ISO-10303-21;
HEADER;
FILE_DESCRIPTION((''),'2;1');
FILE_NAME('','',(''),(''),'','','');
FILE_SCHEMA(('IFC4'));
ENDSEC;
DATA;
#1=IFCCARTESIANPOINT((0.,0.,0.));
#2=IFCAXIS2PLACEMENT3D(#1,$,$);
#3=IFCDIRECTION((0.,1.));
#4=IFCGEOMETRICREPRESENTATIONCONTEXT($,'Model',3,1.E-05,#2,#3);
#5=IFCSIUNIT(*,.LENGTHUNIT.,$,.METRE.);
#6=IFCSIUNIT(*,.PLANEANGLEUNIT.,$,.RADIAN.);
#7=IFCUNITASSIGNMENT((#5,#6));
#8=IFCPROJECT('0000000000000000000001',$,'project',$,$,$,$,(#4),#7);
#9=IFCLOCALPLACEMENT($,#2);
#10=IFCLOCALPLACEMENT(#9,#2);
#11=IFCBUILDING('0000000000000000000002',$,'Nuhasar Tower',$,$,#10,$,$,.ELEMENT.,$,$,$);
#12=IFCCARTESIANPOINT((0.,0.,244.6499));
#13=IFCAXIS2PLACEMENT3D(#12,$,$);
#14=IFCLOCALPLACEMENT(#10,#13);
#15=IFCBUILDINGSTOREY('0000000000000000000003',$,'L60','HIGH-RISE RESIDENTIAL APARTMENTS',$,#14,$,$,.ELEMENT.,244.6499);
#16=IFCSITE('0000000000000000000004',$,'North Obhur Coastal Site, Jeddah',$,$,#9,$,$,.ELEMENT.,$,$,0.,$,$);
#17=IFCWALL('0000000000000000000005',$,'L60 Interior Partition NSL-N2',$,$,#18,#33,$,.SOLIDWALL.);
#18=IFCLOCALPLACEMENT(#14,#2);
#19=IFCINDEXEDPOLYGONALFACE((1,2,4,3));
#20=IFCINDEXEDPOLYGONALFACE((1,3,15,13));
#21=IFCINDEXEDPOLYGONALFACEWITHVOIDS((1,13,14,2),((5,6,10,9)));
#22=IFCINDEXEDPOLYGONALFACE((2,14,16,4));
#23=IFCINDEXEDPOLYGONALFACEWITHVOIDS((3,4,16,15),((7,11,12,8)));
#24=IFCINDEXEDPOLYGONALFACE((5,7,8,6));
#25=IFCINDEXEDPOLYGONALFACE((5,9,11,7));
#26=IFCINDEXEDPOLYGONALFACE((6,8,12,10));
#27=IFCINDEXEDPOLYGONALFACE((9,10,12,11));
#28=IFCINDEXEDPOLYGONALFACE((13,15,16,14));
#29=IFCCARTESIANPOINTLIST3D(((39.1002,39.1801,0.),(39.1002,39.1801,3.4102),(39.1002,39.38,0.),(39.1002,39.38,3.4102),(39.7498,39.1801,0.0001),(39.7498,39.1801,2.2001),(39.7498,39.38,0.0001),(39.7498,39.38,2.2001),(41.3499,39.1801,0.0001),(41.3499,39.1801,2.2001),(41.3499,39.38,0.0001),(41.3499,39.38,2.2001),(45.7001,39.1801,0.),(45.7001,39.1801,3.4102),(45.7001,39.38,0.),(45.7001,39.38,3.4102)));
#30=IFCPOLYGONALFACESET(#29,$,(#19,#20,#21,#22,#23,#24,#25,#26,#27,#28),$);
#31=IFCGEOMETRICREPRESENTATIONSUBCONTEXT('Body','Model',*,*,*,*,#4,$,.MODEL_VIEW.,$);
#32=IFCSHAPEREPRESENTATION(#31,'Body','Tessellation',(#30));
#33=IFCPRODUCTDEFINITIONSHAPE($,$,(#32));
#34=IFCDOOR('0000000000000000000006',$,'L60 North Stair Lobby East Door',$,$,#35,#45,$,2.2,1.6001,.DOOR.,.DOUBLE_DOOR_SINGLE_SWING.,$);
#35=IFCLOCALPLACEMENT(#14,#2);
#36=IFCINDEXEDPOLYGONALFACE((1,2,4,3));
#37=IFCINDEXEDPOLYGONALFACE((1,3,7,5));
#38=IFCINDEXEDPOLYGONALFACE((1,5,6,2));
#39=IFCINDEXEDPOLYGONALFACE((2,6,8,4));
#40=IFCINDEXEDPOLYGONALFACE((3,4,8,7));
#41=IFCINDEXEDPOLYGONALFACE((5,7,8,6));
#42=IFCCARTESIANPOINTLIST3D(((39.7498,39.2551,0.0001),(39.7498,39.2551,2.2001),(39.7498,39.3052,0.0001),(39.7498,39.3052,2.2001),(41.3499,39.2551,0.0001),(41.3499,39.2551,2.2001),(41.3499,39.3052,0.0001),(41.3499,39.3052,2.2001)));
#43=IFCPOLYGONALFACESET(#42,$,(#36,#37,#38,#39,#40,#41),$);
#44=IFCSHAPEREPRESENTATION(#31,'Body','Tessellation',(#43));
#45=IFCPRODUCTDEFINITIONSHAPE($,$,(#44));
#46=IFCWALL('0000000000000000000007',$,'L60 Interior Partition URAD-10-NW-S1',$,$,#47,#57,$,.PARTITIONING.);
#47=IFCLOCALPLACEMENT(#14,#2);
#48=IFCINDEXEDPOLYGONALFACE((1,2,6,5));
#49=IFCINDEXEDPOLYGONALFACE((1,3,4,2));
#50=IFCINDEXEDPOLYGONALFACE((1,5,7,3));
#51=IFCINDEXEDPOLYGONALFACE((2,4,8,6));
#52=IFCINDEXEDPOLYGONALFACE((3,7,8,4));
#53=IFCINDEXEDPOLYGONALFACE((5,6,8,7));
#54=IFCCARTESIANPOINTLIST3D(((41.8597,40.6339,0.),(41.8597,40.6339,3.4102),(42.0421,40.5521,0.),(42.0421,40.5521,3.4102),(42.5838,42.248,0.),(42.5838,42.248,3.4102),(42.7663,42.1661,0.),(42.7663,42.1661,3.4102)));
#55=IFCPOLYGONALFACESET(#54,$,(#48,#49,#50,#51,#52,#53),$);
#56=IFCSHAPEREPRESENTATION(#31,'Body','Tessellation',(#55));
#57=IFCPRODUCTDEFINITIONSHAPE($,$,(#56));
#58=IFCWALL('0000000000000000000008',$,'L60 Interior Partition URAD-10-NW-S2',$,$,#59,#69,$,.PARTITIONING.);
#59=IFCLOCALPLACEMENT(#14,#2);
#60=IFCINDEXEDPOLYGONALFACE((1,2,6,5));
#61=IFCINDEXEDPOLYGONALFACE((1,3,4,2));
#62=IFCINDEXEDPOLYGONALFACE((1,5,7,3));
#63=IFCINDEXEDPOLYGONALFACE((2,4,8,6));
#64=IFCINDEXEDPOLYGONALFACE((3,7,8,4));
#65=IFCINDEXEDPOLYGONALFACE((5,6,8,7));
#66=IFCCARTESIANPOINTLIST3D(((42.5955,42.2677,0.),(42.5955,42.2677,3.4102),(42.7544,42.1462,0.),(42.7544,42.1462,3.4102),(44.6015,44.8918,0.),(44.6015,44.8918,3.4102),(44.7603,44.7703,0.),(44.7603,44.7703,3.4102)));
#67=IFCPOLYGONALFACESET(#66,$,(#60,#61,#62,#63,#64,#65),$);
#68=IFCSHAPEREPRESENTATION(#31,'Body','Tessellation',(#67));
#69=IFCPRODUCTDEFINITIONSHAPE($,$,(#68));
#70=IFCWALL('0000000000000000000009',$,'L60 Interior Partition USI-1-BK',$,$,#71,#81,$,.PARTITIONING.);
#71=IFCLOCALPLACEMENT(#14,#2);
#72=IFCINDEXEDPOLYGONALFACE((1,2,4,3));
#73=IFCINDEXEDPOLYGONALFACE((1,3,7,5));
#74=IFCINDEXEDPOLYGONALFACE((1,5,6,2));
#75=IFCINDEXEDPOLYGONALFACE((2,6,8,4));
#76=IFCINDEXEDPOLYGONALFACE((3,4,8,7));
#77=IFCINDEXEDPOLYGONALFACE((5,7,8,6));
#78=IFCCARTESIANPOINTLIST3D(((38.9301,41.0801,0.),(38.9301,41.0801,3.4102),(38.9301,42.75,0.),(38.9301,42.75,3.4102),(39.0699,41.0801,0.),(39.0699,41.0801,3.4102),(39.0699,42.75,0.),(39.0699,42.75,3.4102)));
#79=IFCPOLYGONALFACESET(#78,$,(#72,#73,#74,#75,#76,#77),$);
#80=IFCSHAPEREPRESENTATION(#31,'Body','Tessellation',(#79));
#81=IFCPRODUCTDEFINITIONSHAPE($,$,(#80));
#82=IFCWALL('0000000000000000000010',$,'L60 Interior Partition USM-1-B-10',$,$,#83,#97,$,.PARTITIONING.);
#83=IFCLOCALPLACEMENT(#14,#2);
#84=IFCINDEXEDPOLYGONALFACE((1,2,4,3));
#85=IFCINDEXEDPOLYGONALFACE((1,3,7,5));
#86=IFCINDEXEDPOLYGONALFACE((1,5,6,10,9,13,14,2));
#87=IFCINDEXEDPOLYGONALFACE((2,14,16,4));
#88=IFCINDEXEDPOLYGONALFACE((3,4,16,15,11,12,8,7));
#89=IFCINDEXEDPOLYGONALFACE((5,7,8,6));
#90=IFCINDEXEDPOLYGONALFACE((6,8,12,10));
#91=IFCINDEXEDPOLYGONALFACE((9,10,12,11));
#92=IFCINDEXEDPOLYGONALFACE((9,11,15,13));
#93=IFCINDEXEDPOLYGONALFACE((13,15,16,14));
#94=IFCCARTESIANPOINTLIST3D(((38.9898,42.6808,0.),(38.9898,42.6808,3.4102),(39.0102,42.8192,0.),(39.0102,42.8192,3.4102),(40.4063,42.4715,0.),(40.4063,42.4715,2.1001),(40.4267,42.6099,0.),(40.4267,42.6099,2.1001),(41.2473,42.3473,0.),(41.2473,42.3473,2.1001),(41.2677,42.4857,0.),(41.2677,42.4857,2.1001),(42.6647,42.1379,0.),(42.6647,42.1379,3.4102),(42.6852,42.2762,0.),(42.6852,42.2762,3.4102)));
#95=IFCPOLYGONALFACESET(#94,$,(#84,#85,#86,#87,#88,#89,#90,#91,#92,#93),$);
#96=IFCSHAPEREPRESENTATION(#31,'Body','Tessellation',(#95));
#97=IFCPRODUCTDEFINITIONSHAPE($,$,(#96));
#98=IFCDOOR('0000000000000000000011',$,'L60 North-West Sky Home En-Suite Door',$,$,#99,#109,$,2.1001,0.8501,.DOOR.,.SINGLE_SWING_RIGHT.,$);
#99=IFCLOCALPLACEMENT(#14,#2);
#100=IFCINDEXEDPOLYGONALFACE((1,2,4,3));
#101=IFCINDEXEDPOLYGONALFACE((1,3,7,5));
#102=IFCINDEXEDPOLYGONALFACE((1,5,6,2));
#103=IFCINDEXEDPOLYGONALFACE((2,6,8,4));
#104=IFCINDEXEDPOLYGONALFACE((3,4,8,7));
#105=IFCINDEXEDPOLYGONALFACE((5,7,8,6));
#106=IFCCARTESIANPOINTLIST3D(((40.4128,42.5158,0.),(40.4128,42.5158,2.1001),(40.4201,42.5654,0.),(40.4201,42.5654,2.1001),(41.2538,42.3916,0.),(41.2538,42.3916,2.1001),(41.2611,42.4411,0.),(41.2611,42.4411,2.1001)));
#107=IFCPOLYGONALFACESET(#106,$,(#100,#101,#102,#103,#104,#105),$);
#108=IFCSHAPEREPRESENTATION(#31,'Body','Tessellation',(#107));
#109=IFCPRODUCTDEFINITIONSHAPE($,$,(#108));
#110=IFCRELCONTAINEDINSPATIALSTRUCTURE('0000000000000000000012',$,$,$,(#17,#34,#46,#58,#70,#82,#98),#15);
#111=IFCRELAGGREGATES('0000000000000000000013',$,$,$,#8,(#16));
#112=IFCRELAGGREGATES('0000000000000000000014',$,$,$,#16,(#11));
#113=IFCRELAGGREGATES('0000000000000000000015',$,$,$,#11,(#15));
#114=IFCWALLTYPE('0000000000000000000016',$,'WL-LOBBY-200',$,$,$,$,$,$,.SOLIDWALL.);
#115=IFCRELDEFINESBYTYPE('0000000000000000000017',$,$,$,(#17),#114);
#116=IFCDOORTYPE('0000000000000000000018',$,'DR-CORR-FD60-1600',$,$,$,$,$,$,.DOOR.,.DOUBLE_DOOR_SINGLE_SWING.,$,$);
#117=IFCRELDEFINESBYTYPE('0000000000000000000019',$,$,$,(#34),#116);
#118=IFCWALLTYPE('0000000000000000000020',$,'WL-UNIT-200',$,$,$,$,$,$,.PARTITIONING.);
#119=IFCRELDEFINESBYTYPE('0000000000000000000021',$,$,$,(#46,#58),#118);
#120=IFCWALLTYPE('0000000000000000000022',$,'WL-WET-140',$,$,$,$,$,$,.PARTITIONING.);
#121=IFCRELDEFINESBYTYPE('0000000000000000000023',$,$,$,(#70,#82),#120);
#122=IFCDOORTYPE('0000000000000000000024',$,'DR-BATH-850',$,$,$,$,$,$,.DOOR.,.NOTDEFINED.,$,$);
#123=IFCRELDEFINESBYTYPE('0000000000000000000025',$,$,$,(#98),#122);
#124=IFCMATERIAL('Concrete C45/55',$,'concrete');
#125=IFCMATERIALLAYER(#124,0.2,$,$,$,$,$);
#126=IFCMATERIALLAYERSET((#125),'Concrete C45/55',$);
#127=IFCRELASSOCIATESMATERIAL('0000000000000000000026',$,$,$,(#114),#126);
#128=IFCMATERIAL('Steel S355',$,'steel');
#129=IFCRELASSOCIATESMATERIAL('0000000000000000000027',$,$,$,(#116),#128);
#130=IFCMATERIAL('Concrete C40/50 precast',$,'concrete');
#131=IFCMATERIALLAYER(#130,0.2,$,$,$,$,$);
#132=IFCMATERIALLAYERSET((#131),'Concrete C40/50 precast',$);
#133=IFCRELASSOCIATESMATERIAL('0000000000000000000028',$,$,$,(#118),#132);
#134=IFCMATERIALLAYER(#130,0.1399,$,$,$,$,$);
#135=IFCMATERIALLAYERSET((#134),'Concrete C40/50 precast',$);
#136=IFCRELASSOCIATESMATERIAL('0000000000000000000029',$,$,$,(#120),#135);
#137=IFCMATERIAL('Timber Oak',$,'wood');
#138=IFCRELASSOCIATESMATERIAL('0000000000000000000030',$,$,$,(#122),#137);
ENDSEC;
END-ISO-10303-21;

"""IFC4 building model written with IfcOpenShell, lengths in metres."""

from ifc_helpers import new_model, si_unit, direction, frame, frame_2d, origin, place, context, subcontext, project, spatial, rectangle, extrude, material, layer, layer_set, type_object, element, fill, save


model = new_model("IFC4")

# Units and contexts
model_context = context("Model", 3, precision=1e-05, world=origin(), true_north=direction((0.0, 1.0)))
body_context = subcontext(model_context, "Body", "Model", "MODEL_VIEW")
ifc_project = project(units=[si_unit("LENGTHUNIT", "METRE"), si_unit("PLANEANGLEUNIT", "RADIAN")], contexts=[model_context])

# Site, building, storey
site_placement = place(None, origin())
site = spatial("IfcSite", under=ifc_project, at=site_placement, Name="North Obhur Coastal Site, Jeddah", CompositionType="ELEMENT", RefElevation=0.0)
building_placement = place(site_placement, origin())
building = spatial("IfcBuilding", under=site, at=building_placement, Name="Nuhasar Tower", CompositionType="ELEMENT")
storey_placement = place(building_placement, frame((0.0, 0.0, 244.6499)))
storey = spatial("IfcBuildingStorey", under=building, at=storey_placement, Name="L60", Description="HIGH-RISE RESIDENTIAL APARTMENTS", CompositionType="ELEMENT", Elevation=244.6499)

# Shared definitions
ifc_material_1 = material(Name="Steel S355", Category="steel")

# Shared definitions
ifc_material_2 = material(Name="Timber Oak", Category="wood")

# Wall, opening, door
ifc_material_3 = material(Name="Concrete C45/55", Category="concrete")
ifc_layer_1 = layer(ifc_material_3, 0.2)
ifc_layer_set_1 = layer_set([ifc_layer_1], Name="Concrete C45/55")
wall_type_1 = type_object("IfcWallType", Name="WL-LOBBY-200", PredefinedType="SOLIDWALL", material=ifc_layer_set_1)
wall_1_placement = place(storey_placement, frame((45.7, 39.28, 0.0), z_axis=(0.0, 0.0, 1.0), x_axis=(-1.0, 0.0, 0.0)))
wall_1 = element("IfcWall", 1, at=wall_1_placement, inside=storey, type_object=wall_type_1, Name="L60 Interior Partition NSL-N2", PredefinedType="SOLIDWALL", context=body_context, shape_type="SweptSolid", body=[
    extrude(rectangle(XDim=6.5999, YDim=0.2, at=frame_2d((3.2998, 0.0))), origin(), (0.0, 0.0, 1.0), 3.4102),
])
opening_1_placement = place(wall_1_placement, frame((4.3501, 0.0, 0.0)))
opening_1 = element("IfcOpeningElement", 2, at=opening_1_placement, cuts=wall_1, PredefinedType="OPENING", context=body_context, shape_type="SweptSolid", body=[
    extrude(rectangle(XDim=1.6001, YDim=2.2, at=frame_2d((0.8, 1.1001))), frame((0.0, 0.1099, 0.0), z_axis=(0.0, -1.0, 0.0), x_axis=(1.0, 0.0, 0.0)), (0.0, 0.0, 1.0), 0.22),
])
door_type_1 = type_object("IfcDoorType", Name="DR-CORR-FD60-1600", OperationType="DOUBLE_DOOR_SINGLE_SWING", PredefinedType="DOOR", material=ifc_material_1)
door_1_placement = place(opening_1_placement, origin())
door_1 = element("IfcDoor", 3, at=door_1_placement, inside=storey, type_object=door_type_1, Name="L60 North Stair Lobby East Door", OperationType="DOUBLE_DOOR_SINGLE_SWING", OverallHeight=2.2, OverallWidth=1.6001, PredefinedType="DOOR", context=body_context, shape_type="SweptSolid", body=[
    extrude(rectangle(XDim=1.6001, YDim=2.2, at=frame_2d((0.8, 1.1001))), frame((0.0, 0.0249, 0.0), z_axis=(0.0, -1.0, 0.0), x_axis=(1.0, 0.0, 0.0)), (0.0, 0.0, 1.0), 0.05),
])
fill(opening_1, door_1)

# Walls
ifc_material_4 = material(Name="Concrete C40/50 precast", Category="concrete")
ifc_layer_2 = layer(ifc_material_4, 0.2)
ifc_layer_set_2 = layer_set([ifc_layer_2], Name="Concrete C40/50 precast")
wall_type_2 = type_object("IfcWallType", Name="WL-UNIT-200", PredefinedType="PARTITIONING", material=ifc_layer_set_2)
wall_2_placement = place(storey_placement, frame((41.9509, 40.593, 0.0), z_axis=(0.0, 0.0, 1.0), x_axis=(0.409337, 0.912383, 0.0)))
element("IfcWall", 4, at=wall_2_placement, inside=storey, type_object=wall_type_2, Name="L60 Interior Partition URAD-10-NW-S1", PredefinedType="PARTITIONING", context=body_context, shape_type="SweptSolid", body=[
    extrude(rectangle(XDim=1.769, YDim=0.2, at=frame_2d((0.8845, 0.0))), origin(), (0.0, 0.0, 1.0), 3.4102),
])
wall_3_placement = place(storey_placement, frame((42.675, 42.207, 0.0), z_axis=(0.0, 0.0, 1.0), x_axis=(0.607307, 0.794467, 0.0)))
element("IfcWall", 5, at=wall_3_placement, inside=storey, type_object=wall_type_2, Name="L60 Interior Partition URAD-10-NW-S2", PredefinedType="PARTITIONING", context=body_context, shape_type="SweptSolid", body=[
    extrude(rectangle(XDim=3.303, YDim=0.2, at=frame_2d((1.6514, 0.0))), origin(), (0.0, 0.0, 1.0), 3.4102),
])
ifc_layer_3 = layer(ifc_material_4, 0.1399)
ifc_layer_set_3 = layer_set([ifc_layer_3], Name="Concrete C40/50 precast")
wall_type_3 = type_object("IfcWallType", Name="WL-WET-140", PredefinedType="PARTITIONING", material=ifc_layer_set_3)
wall_4_placement = place(storey_placement, frame((39.0, 41.0801, 0.0), z_axis=(0.0, 0.0, 1.0), x_axis=(0.0, 1.0, 0.0)))
element("IfcWall", 6, at=wall_4_placement, inside=storey, type_object=wall_type_3, Name="L60 Interior Partition USI-1-BK", PredefinedType="PARTITIONING", context=body_context, shape_type="SweptSolid", body=[
    extrude(rectangle(XDim=1.6699, YDim=0.1399, at=frame_2d((0.835, 0.0))), origin(), (0.0, 0.0, 1.0), 3.4102),
])

# Wall, opening, door
wall_5_placement = place(storey_placement, frame((39.0, 42.75, 0.0), z_axis=(0.0, 0.0, 1.0), x_axis=(0.989261, -0.146158, 0.0)))
wall_5 = element("IfcWall", 7, at=wall_5_placement, inside=storey, type_object=wall_type_3, Name="L60 Interior Partition USM-1-B-10", PredefinedType="PARTITIONING", context=body_context, shape_type="SweptSolid", body=[
    extrude(rectangle(XDim=3.7148, YDim=0.1399, at=frame_2d((1.8574, 0.0))), origin(), (0.0, 0.0, 1.0), 3.4102),
])
opening_2_placement = place(wall_5_placement, frame((1.4319, 0.0, 0.0)))
opening_2 = element("IfcOpeningElement", 8, at=opening_2_placement, cuts=wall_5, PredefinedType="OPENING", context=body_context, shape_type="SweptSolid", body=[
    extrude(rectangle(XDim=0.8501, YDim=2.1001, at=frame_2d((0.425, 1.05))), frame((0.0, 0.0801, 0.0), z_axis=(0.0, -1.0, 0.0), x_axis=(1.0, 0.0, 0.0)), (0.0, 0.0, 1.0), 0.1599),
])
door_type_2 = type_object("IfcDoorType", Name="DR-BATH-850", OperationType="NOTDEFINED", PredefinedType="DOOR", material=ifc_material_2)
door_2_placement = place(opening_2_placement, origin())
door_2 = element("IfcDoor", 9, at=door_2_placement, inside=storey, type_object=door_type_2, Name="L60 North-West Sky Home En-Suite Door", OperationType="SINGLE_SWING_RIGHT", OverallHeight=2.1001, OverallWidth=0.8501, PredefinedType="DOOR", context=body_context, shape_type="SweptSolid", body=[
    extrude(rectangle(XDim=0.8501, YDim=2.1001, at=frame_2d((0.425, 1.05))), frame((0.0, 0.0249, 0.0), z_axis=(0.0, -1.0, 0.0), x_axis=(1.0, 0.0, 0.0)), (0.0, 0.0, 1.0), 0.05),
])
fill(opening_2, door_2)

save(model, "model.ifc")
